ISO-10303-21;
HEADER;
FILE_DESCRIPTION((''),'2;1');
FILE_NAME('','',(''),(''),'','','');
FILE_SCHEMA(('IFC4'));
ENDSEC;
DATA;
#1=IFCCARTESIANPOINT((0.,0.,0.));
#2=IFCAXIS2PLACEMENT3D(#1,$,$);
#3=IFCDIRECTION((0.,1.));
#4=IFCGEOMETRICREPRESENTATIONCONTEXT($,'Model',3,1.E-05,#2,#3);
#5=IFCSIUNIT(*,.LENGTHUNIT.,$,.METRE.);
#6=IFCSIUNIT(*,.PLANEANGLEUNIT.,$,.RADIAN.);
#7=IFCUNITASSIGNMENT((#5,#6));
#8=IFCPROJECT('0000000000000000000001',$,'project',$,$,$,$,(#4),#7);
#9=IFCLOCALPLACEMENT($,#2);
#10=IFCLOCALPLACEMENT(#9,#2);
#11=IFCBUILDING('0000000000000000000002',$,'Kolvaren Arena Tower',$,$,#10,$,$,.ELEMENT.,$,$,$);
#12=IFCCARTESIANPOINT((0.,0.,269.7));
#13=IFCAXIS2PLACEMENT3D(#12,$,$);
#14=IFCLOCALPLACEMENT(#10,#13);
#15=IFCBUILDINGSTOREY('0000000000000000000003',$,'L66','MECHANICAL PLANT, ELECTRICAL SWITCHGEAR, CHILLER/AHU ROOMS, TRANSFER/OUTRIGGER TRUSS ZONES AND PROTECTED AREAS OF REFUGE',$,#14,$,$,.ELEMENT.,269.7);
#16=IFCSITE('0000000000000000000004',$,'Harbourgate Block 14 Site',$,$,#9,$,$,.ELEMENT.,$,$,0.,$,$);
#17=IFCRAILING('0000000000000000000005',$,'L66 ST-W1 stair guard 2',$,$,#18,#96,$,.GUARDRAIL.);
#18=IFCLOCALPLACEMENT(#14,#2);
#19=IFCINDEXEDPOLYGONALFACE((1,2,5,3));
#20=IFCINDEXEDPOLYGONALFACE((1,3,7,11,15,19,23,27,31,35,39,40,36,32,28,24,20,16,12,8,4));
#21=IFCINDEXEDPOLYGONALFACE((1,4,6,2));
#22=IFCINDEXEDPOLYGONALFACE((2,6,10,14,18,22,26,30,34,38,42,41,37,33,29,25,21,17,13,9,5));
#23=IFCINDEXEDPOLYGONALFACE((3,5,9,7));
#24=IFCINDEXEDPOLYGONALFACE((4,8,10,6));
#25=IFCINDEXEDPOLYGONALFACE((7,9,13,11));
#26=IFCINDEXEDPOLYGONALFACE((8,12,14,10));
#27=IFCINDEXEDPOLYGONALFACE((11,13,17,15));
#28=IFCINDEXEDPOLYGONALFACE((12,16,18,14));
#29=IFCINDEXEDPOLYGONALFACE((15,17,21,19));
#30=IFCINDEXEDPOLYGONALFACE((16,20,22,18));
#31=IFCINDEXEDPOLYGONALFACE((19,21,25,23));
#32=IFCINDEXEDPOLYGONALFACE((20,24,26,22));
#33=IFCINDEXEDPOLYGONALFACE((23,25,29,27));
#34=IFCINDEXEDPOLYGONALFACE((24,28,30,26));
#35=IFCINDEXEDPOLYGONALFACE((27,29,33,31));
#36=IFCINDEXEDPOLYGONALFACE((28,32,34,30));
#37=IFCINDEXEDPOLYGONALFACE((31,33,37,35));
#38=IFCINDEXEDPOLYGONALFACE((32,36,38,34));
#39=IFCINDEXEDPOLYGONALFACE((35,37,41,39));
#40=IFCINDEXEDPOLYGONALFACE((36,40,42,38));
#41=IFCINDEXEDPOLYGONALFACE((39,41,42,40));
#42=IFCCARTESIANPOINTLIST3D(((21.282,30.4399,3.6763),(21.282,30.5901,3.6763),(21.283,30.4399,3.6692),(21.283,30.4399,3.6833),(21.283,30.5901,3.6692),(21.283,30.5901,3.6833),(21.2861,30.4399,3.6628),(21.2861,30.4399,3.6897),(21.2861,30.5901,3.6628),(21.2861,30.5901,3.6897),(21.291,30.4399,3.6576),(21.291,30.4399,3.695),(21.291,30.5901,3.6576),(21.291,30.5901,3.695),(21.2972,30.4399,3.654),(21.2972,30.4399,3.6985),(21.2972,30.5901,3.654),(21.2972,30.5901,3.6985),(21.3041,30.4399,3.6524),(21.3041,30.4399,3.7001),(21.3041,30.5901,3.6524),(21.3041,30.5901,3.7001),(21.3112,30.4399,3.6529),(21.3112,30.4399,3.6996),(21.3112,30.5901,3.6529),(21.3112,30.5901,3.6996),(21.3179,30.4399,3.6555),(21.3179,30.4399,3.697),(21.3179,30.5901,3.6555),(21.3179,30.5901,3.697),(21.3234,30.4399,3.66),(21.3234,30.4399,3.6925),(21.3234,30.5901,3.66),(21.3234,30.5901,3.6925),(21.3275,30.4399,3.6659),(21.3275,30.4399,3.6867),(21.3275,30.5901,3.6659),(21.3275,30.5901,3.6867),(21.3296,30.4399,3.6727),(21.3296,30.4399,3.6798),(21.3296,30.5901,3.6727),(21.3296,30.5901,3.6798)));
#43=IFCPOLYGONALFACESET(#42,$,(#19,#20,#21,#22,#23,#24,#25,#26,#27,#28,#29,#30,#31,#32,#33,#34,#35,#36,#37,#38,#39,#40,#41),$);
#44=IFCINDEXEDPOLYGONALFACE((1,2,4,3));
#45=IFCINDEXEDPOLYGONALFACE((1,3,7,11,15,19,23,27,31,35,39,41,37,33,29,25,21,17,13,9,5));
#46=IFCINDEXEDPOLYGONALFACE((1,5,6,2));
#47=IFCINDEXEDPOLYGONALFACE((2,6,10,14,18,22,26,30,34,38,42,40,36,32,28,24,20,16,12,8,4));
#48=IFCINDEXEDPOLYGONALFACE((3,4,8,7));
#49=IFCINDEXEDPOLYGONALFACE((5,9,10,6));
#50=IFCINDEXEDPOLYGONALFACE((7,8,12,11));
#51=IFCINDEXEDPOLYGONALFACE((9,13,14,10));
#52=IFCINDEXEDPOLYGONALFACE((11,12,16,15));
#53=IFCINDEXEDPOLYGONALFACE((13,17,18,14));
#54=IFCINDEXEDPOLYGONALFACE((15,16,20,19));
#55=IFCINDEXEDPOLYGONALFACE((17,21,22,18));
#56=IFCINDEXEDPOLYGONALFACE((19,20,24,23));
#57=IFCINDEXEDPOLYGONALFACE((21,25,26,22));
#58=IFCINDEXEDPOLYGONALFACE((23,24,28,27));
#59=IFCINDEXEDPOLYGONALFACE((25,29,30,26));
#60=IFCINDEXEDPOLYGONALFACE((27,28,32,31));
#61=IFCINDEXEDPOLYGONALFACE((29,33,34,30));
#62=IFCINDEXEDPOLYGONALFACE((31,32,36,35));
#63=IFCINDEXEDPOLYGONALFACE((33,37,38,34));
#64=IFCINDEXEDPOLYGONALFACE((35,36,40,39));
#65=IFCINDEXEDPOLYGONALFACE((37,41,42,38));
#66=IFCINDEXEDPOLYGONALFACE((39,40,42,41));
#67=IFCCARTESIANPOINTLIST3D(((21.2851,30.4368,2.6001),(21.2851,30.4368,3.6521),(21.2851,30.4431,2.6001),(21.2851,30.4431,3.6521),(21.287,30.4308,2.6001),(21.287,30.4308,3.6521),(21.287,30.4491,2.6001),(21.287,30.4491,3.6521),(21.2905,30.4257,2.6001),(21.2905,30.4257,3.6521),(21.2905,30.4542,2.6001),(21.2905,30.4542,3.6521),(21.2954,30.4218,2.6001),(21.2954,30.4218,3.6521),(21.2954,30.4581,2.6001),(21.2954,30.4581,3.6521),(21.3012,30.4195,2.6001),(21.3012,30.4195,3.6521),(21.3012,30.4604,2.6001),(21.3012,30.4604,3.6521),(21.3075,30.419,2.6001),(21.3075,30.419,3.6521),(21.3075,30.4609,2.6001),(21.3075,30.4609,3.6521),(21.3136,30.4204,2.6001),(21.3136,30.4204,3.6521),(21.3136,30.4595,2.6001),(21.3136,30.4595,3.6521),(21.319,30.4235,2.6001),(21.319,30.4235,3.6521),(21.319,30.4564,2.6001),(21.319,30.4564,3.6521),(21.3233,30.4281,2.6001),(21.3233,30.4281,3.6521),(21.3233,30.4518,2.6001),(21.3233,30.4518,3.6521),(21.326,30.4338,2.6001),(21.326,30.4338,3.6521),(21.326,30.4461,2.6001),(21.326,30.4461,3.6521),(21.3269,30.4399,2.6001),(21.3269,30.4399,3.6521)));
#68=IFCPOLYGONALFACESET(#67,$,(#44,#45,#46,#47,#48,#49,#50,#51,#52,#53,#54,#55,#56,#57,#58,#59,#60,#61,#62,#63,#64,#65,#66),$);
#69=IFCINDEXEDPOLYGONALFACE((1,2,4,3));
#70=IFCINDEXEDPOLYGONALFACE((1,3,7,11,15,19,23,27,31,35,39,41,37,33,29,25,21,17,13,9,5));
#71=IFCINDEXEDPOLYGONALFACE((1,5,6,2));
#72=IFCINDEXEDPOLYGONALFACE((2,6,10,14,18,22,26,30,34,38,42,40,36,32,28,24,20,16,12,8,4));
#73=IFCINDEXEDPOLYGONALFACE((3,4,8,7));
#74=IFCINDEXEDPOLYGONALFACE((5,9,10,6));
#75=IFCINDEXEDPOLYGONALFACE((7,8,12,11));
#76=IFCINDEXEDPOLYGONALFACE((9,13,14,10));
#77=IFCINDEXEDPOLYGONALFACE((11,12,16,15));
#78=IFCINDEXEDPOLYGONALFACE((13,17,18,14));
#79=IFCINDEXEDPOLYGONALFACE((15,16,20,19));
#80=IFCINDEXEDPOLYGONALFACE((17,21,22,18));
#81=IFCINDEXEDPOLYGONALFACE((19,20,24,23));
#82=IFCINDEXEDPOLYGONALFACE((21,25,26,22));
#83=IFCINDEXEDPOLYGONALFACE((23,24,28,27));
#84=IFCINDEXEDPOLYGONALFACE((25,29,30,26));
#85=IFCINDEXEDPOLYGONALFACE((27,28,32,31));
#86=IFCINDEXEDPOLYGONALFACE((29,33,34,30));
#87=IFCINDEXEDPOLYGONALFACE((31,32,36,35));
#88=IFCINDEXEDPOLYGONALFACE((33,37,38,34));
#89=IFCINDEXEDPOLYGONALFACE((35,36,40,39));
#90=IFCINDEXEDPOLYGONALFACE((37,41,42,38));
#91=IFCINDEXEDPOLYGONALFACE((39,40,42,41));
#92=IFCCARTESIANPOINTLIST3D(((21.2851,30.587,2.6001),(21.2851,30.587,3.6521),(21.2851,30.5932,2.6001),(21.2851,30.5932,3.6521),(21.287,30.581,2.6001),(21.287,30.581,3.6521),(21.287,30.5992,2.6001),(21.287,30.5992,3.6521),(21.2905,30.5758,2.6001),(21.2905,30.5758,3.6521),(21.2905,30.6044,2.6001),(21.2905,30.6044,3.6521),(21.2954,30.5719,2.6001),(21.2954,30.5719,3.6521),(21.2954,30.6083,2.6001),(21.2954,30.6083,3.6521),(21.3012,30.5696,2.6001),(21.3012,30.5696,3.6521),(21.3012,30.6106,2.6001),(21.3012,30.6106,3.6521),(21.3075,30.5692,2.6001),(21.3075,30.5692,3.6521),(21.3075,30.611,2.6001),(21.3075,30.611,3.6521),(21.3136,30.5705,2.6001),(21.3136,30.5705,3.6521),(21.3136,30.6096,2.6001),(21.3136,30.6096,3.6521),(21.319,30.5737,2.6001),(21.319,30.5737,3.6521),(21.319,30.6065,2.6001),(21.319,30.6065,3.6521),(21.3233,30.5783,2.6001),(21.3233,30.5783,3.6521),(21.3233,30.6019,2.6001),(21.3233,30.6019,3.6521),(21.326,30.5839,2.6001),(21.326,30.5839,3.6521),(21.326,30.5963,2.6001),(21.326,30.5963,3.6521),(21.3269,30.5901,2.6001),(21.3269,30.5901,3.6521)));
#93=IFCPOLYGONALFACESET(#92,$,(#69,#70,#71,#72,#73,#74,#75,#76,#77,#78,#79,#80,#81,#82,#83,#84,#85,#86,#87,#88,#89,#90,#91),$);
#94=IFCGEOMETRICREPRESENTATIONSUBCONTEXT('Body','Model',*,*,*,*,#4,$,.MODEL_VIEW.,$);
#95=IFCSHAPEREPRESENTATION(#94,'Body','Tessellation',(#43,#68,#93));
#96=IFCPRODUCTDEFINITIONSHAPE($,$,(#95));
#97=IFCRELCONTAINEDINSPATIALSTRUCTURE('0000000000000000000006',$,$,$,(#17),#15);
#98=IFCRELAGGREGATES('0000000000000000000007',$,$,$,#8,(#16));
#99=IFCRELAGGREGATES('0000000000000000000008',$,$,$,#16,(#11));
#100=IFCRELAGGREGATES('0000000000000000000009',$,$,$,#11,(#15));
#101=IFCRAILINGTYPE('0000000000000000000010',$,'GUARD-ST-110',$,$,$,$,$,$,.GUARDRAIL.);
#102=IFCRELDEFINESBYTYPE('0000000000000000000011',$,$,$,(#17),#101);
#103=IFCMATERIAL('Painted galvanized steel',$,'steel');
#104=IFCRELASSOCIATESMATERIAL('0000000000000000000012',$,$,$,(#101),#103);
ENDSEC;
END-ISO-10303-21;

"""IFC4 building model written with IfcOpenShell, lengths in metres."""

from ifc_helpers import new_model, si_unit, direction, frame, origin, origin_2d, place, context, subcontext, project, spatial, circle, extrude, material, type_object, element, save


model = new_model("IFC4")

# Units and contexts
model_context = context("Model", 3, precision=1e-05, world=origin(), true_north=direction((0.0, 1.0)))
body_context = subcontext(model_context, "Body", "Model", "MODEL_VIEW")
ifc_project = project(units=[si_unit("LENGTHUNIT", "METRE"), si_unit("PLANEANGLEUNIT", "RADIAN")], contexts=[model_context])

# Site, building, storey
site_placement = place(None, origin())
site = spatial("IfcSite", under=ifc_project, at=site_placement, Name="Harbourgate Block 14 Site", CompositionType="ELEMENT", RefElevation=0.0)
building_placement = place(site_placement, origin())
building = spatial("IfcBuilding", under=site, at=building_placement, Name="Kolvaren Arena Tower", CompositionType="ELEMENT")
storey_placement = place(building_placement, frame((0.0, 0.0, 269.7)))
storey = spatial("IfcBuildingStorey", under=building, at=storey_placement, Name="L66", Description="MECHANICAL PLANT, ELECTRICAL SWITCHGEAR, CHILLER/AHU ROOMS, TRANSFER/OUTRIGGER TRUSS ZONES AND PROTECTED AREAS OF REFUGE", CompositionType="ELEMENT", Elevation=269.7)

# Railing
ifc_material_1 = material(Name="Painted galvanized steel", Category="steel")
railing_type_1 = type_object("IfcRailingType", Name="GUARD-ST-110", PredefinedType="GUARDRAIL", material=ifc_material_1)
railing_1_placement = place(storey_placement, frame((21.3059, 30.4399, 2.6001)))
element("IfcRailing", 1, at=railing_1_placement, inside=storey, type_object=railing_type_1, Name="L66 ST-W1 stair guard 2", PredefinedType="GUARDRAIL", context=body_context, shape_type="SweptSolid", body=[
    extrude(circle(Radius=0.0239, at=origin_2d()), frame((0.0, 0.0, 1.0762), z_axis=(0.0, 1.0, 0.0), x_axis=(-1.0, 0.0, 0.0)), (0.0, 0.0, 1.0), 0.1501),
    extrude(circle(Radius=0.021, at=origin_2d()), origin(), (0.0, 0.0, 1.0), 1.052),
    extrude(circle(Radius=0.021, at=origin_2d()), frame((0.0, 0.1501, 0.0)), (0.0, 0.0, 1.0), 1.052),
])

save(model, "model.ifc")
